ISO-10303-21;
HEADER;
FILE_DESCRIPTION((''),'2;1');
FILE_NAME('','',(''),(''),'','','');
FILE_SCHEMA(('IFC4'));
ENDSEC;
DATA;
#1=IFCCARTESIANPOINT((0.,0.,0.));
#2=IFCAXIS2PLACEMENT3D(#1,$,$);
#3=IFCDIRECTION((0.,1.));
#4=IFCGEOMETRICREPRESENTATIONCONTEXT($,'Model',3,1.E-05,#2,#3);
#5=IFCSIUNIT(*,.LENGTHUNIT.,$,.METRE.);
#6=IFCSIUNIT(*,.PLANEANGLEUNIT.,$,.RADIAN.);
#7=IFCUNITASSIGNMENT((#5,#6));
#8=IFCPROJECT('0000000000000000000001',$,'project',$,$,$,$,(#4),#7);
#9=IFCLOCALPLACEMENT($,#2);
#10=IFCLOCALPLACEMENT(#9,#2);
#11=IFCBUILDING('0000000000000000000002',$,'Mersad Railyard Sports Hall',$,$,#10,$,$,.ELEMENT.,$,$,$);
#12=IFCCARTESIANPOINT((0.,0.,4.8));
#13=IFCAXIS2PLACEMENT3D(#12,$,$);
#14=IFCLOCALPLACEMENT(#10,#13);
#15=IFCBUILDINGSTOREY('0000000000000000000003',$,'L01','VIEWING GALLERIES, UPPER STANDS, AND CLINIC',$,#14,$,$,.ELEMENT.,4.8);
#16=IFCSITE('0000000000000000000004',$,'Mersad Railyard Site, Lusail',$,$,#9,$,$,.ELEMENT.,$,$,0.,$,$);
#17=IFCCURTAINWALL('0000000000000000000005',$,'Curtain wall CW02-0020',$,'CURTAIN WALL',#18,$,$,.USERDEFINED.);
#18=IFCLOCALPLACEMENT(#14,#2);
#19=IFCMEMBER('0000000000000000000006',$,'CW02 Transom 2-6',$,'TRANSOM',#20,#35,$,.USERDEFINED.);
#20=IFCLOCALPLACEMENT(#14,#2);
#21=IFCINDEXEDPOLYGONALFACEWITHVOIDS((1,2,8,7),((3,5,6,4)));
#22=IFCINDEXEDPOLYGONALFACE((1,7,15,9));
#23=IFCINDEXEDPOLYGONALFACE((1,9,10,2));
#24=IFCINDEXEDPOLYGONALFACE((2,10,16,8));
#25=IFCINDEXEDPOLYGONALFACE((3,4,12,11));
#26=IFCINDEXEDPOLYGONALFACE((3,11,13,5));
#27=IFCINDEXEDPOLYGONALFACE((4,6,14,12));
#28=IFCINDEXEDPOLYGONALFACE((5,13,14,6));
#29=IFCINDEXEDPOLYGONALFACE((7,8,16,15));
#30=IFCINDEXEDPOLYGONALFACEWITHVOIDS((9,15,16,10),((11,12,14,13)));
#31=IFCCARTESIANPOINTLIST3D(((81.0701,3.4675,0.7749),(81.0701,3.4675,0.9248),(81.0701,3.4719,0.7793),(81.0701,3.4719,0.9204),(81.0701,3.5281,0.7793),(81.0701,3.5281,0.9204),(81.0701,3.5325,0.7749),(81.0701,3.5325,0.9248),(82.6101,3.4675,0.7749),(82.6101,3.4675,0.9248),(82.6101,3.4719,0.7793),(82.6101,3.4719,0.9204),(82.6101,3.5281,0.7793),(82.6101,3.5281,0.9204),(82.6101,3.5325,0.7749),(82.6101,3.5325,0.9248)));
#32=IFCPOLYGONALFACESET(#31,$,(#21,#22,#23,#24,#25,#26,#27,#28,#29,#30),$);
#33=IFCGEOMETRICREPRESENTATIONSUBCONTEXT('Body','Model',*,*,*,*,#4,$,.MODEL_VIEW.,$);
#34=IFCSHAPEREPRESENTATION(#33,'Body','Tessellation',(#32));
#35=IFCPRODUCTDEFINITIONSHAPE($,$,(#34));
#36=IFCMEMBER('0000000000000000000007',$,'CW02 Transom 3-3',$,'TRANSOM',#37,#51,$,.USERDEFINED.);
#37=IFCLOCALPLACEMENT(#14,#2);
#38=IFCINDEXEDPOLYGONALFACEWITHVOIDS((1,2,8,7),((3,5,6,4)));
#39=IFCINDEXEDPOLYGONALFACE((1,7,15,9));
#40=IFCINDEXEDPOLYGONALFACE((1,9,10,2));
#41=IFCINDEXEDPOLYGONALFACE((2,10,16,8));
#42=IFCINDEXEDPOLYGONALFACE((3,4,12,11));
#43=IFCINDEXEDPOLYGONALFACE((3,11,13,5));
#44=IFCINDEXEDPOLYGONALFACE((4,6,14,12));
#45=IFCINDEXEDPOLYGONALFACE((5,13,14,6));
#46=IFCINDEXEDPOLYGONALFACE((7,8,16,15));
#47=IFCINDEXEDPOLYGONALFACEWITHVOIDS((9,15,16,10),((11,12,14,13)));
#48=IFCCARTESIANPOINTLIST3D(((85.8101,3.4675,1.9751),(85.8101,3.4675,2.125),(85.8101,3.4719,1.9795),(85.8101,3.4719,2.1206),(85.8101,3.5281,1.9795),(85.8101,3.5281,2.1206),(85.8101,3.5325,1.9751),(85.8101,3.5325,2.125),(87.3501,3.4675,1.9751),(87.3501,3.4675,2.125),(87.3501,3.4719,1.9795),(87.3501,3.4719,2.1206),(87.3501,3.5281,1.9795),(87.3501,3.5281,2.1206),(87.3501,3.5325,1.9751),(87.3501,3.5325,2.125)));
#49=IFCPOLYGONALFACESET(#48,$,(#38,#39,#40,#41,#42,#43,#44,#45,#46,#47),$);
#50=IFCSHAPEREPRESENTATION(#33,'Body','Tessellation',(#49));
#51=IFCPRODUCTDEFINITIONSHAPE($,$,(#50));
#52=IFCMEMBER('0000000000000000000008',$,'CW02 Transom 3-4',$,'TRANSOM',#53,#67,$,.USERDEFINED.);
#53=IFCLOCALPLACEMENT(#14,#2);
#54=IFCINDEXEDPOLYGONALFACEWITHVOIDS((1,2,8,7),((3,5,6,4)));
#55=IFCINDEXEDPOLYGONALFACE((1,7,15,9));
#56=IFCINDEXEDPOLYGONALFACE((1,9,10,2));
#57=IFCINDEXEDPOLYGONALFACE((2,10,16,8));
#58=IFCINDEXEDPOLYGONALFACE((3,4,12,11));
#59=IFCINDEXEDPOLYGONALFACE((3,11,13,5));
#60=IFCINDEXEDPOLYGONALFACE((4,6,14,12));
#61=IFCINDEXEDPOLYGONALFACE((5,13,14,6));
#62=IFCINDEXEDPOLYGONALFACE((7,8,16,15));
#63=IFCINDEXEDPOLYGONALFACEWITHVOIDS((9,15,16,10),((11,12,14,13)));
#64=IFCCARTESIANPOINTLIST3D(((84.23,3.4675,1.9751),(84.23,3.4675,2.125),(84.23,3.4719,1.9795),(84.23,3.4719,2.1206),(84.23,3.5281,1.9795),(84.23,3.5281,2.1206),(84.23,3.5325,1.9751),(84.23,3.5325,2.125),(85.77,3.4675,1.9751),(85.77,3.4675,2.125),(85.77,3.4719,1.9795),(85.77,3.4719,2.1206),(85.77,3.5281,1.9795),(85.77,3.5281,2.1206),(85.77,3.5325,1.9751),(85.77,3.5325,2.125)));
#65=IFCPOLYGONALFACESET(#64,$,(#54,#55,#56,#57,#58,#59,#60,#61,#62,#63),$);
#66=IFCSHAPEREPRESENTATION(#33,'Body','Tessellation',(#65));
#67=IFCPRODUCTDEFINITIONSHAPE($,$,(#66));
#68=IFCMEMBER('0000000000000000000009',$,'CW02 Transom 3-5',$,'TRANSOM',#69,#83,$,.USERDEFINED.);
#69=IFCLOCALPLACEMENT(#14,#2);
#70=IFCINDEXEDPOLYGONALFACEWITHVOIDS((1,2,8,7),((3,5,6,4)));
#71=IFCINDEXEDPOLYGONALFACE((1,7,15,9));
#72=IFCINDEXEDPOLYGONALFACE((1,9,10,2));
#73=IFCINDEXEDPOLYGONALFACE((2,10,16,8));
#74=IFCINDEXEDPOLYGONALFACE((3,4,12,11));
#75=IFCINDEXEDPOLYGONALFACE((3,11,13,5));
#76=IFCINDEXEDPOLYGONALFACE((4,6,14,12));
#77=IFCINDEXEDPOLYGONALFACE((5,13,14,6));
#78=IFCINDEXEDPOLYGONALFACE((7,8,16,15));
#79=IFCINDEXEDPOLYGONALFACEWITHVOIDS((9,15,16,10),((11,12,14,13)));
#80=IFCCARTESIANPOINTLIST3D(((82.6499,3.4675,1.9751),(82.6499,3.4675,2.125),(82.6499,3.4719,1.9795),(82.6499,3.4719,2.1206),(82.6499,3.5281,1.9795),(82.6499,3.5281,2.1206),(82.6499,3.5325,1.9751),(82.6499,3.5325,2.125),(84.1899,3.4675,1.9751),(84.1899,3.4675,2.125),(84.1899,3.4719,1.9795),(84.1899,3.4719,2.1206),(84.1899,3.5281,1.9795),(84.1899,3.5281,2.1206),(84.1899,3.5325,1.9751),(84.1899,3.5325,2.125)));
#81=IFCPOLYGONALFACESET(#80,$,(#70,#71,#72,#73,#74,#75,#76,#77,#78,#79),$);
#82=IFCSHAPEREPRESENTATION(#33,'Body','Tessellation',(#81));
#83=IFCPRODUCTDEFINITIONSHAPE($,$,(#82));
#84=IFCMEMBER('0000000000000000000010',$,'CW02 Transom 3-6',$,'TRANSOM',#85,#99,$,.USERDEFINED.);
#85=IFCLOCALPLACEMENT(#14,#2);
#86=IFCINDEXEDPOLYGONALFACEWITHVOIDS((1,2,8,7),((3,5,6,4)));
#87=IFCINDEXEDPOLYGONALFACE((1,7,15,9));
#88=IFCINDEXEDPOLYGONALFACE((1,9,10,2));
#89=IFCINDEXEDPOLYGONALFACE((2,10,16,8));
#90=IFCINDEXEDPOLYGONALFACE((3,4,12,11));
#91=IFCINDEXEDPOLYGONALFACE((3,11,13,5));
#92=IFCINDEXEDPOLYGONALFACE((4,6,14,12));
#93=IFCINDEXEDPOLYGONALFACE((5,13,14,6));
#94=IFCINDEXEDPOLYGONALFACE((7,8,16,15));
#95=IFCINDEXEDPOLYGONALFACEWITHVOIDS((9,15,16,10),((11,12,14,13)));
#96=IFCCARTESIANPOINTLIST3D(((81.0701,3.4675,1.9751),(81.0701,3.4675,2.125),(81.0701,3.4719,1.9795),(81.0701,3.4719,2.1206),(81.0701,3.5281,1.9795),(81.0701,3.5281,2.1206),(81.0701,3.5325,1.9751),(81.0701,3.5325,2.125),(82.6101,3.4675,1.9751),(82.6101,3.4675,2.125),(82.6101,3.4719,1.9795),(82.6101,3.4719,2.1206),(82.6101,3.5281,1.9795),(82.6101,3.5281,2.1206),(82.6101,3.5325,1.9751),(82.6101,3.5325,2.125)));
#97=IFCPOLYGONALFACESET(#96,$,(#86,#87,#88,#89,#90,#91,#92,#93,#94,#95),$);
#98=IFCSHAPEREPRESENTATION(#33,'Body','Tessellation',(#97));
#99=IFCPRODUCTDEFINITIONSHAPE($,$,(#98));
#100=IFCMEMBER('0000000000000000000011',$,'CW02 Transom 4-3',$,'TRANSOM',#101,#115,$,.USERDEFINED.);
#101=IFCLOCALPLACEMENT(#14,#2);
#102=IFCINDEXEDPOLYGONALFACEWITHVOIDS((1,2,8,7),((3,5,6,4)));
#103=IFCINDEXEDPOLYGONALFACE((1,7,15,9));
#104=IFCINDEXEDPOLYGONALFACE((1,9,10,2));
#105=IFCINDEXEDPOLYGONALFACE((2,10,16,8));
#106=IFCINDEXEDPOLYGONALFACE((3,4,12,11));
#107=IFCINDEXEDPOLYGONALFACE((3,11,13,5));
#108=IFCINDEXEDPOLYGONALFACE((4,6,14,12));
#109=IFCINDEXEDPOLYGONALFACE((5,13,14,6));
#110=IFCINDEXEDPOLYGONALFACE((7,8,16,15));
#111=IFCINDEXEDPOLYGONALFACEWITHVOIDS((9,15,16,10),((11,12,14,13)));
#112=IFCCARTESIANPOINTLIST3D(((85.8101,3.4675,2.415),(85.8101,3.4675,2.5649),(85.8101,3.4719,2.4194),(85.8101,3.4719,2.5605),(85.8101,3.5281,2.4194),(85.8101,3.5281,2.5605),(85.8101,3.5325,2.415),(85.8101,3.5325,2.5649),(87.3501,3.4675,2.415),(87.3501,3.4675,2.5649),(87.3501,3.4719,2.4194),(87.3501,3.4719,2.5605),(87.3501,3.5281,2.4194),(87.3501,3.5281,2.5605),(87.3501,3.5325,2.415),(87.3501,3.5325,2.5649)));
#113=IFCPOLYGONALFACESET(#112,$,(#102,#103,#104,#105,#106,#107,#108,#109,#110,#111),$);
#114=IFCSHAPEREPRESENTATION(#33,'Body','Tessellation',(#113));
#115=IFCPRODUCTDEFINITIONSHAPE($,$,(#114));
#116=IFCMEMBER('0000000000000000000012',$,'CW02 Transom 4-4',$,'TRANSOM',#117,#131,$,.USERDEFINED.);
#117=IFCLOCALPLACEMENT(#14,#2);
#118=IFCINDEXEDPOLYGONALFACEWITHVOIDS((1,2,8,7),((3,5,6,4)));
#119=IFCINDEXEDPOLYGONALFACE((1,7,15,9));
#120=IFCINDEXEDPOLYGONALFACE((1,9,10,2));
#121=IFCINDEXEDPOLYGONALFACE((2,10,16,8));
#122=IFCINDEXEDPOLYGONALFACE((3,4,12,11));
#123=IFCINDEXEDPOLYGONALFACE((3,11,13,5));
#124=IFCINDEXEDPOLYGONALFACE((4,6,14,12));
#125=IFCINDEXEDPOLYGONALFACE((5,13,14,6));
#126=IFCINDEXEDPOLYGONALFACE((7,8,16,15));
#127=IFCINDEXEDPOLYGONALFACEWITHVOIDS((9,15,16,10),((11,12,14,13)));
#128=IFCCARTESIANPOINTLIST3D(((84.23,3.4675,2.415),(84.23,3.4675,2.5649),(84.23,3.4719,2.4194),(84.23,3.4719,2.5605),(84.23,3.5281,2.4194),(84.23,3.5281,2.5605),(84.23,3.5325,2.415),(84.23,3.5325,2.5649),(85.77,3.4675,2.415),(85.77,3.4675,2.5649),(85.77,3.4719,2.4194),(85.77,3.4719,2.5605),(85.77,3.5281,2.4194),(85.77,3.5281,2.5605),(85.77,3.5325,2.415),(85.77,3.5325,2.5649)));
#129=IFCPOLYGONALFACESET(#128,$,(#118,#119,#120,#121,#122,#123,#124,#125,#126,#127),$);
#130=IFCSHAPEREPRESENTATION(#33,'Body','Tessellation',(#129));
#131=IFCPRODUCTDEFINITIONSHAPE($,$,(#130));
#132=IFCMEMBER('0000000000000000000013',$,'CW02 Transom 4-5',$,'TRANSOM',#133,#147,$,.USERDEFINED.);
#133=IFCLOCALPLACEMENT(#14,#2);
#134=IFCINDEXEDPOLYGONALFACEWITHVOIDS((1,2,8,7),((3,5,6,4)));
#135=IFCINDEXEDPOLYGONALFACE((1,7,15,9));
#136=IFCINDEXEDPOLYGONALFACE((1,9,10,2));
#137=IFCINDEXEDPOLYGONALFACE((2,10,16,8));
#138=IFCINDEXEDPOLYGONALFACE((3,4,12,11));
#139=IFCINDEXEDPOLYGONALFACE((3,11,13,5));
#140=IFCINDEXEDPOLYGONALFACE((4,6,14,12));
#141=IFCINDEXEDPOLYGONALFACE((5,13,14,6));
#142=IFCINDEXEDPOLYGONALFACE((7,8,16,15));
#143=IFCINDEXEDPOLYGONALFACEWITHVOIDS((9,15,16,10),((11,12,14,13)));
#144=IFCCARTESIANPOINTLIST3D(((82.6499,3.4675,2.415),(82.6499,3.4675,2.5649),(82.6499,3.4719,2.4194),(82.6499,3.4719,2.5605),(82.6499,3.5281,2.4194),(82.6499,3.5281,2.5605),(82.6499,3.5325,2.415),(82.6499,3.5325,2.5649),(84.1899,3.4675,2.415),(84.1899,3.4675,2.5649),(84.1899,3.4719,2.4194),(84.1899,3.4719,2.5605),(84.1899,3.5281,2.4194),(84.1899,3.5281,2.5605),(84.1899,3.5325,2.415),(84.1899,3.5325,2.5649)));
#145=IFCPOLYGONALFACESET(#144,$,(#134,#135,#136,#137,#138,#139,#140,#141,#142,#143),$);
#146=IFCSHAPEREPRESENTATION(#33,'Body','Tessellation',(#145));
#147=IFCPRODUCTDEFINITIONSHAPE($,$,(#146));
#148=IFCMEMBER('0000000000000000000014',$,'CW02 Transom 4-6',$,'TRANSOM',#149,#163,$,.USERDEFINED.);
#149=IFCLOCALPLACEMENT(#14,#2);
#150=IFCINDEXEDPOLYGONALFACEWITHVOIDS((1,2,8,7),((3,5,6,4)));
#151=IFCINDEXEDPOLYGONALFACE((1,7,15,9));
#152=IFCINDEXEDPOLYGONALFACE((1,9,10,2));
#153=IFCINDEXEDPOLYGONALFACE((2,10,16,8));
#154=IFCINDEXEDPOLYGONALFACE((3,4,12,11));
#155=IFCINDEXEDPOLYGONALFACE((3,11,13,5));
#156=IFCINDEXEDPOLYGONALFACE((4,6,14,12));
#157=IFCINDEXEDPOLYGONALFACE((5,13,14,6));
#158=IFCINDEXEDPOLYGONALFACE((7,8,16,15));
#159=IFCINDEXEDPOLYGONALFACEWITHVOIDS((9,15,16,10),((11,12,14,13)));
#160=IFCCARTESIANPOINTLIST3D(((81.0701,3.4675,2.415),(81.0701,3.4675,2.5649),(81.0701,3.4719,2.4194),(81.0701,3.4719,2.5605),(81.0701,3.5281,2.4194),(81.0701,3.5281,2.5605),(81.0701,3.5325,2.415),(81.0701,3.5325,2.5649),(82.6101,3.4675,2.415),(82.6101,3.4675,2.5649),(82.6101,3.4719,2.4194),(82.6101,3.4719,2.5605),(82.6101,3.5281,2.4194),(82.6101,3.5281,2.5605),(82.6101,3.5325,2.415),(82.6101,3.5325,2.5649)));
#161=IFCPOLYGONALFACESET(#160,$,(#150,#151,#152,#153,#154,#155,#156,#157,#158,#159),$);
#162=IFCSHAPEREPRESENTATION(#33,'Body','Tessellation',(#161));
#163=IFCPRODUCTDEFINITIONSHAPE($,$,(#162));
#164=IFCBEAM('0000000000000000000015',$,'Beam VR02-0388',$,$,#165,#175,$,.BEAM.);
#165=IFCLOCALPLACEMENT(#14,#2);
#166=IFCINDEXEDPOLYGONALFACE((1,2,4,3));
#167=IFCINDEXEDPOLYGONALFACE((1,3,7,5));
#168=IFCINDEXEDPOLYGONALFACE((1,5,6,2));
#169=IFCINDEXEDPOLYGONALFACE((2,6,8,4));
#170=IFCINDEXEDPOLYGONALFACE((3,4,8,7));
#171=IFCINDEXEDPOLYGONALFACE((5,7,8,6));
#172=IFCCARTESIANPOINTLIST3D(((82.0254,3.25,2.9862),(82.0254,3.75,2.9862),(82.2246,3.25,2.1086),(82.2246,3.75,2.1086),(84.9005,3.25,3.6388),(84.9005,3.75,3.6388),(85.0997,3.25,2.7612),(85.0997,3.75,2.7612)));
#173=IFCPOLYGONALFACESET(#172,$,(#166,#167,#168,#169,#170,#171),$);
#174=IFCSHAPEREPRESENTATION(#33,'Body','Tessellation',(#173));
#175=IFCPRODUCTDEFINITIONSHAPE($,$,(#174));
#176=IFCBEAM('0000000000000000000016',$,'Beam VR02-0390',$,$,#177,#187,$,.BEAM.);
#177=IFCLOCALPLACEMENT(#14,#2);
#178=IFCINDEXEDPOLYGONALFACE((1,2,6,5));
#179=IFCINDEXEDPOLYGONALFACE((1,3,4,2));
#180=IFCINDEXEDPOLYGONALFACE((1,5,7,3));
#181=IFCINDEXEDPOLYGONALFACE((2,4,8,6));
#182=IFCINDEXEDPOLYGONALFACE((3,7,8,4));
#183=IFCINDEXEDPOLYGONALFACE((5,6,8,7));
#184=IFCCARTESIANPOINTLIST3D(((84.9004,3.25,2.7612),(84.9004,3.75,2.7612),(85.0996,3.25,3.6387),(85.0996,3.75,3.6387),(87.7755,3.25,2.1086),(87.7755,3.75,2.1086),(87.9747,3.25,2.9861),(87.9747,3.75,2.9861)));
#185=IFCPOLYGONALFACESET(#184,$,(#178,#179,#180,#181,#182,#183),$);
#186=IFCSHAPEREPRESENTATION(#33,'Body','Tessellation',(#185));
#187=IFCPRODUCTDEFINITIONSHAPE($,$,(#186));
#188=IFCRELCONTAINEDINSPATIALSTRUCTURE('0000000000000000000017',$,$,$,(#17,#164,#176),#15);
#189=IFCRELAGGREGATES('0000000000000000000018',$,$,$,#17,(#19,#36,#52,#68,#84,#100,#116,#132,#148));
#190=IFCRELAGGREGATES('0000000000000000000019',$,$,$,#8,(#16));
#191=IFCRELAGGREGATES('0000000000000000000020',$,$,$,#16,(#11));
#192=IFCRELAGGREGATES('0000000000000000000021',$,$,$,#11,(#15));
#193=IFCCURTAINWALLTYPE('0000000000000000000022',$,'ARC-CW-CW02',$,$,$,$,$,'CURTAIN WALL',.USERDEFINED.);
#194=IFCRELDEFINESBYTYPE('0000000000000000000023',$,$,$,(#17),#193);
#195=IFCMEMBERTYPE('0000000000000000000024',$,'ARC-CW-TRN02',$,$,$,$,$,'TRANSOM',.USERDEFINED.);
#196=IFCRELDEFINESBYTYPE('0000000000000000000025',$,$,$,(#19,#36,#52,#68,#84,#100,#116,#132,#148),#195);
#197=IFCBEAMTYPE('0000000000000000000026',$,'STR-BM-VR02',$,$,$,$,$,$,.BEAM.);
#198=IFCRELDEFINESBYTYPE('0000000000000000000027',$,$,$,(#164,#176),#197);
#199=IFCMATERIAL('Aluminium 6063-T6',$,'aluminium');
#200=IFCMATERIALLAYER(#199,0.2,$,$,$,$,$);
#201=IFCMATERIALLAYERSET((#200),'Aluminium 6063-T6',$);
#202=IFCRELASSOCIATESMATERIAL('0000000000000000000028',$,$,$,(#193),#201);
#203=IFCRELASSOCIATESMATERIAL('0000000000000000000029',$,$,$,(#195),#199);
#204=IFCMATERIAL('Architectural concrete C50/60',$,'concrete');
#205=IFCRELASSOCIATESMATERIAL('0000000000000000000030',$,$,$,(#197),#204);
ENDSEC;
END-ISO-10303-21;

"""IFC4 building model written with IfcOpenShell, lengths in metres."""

from ifc_helpers import new_model, si_unit, direction, frame, origin, origin_2d, place, context, subcontext, project, spatial, rectangle, hollow_rectangle, extrude, material, layer, layer_set, material_profile, profile_set, type_object, element, aggregate, save


model = new_model("IFC4")

# Units and contexts
model_context = context("Model", 3, precision=1e-05, world=origin(), true_north=direction((0.0, 1.0)))
body_context = subcontext(model_context, "Body", "Model", "MODEL_VIEW")
ifc_project = project(units=[si_unit("LENGTHUNIT", "METRE"), si_unit("PLANEANGLEUNIT", "RADIAN")], contexts=[model_context])

# Site, building, storey
site_placement = place(None, origin())
site = spatial("IfcSite", under=ifc_project, at=site_placement, Name="Mersad Railyard Site, Lusail", CompositionType="ELEMENT", RefElevation=0.0)
building_placement = place(site_placement, origin())
building = spatial("IfcBuilding", under=site, at=building_placement, Name="Mersad Railyard Sports Hall", CompositionType="ELEMENT")
storey_placement = place(building_placement, frame((0.0, 0.0, 4.8)))
storey = spatial("IfcBuildingStorey", under=building, at=storey_placement, Name="L01", Description="VIEWING GALLERIES, UPPER STANDS, AND CLINIC", CompositionType="ELEMENT", Elevation=4.8)

# Curtain wall, members
ifc_material_1 = material(Name="Aluminium 6063-T6", Category="aluminium")
ifc_layer_1 = layer(ifc_material_1, 0.2)
ifc_layer_set_1 = layer_set([ifc_layer_1], Name="Aluminium 6063-T6")
curtain_wall_type = type_object("IfcCurtainWallType", Name="ARC-CW-CW02", ElementType="CURTAIN WALL", PredefinedType="USERDEFINED", material=ifc_layer_set_1)
curtain_wall_placement = place(storey_placement, origin())
curtain_wall = element("IfcCurtainWall", 1, at=curtain_wall_placement, inside=storey, type_object=curtain_wall_type, Name="Curtain wall CW02-0020", ObjectType="CURTAIN WALL", PredefinedType="USERDEFINED")
ifc_material_profile_1 = material_profile(ifc_material_1, hollow_rectangle(XDim=0.0649, YDim=0.1499, WallThickness=0.0044, at=origin_2d()), Name="AL TRANSOM 65x150x4.5")
ifc_profile_set_1 = profile_set([ifc_material_profile_1], Name="Aluminium 6063-T6")
member_type_1 = type_object("IfcMemberType", Name="ARC-CW-TRN02", ElementType="TRANSOM", PredefinedType="USERDEFINED", material=ifc_profile_set_1)
member_1_placement = place(storey_placement, frame((82.6101, 3.5, 0.8499), z_axis=(-1.0, 0.0, 0.0), x_axis=(0.0, -1.0, 0.0)))
member_1 = element("IfcMember", 2, at=member_1_placement, type_object=member_type_1, Name="CW02 Transom 2-6", ObjectType="TRANSOM", PredefinedType="USERDEFINED", context=body_context, shape_type="SweptSolid", body=[
    extrude(hollow_rectangle(XDim=0.0649, YDim=0.1499, WallThickness=0.0044, at=origin_2d()), origin(), (0.0, 0.0, 1.0), 1.54),
])
member_2_placement = place(storey_placement, frame((87.3501, 3.5, 2.05), z_axis=(-1.0, 0.0, 0.0), x_axis=(0.0, -1.0, 0.0)))
member_2 = element("IfcMember", 3, at=member_2_placement, type_object=member_type_1, Name="CW02 Transom 3-3", ObjectType="TRANSOM", PredefinedType="USERDEFINED", context=body_context, shape_type="SweptSolid", body=[
    extrude(hollow_rectangle(XDim=0.0649, YDim=0.1499, WallThickness=0.0044, at=origin_2d()), origin(), (0.0, 0.0, 1.0), 1.54),
])
member_3_placement = place(storey_placement, frame((85.77, 3.5, 2.05), z_axis=(-1.0, 0.0, 0.0), x_axis=(0.0, -1.0, 0.0)))
member_3 = element("IfcMember", 4, at=member_3_placement, type_object=member_type_1, Name="CW02 Transom 3-4", ObjectType="TRANSOM", PredefinedType="USERDEFINED", context=body_context, shape_type="SweptSolid", body=[
    extrude(hollow_rectangle(XDim=0.0649, YDim=0.1499, WallThickness=0.0044, at=origin_2d()), origin(), (0.0, 0.0, 1.0), 1.54),
])
member_4_placement = place(storey_placement, frame((84.1899, 3.5, 2.05), z_axis=(-1.0, 0.0, 0.0), x_axis=(0.0, -1.0, 0.0)))
member_4 = element("IfcMember", 5, at=member_4_placement, type_object=member_type_1, Name="CW02 Transom 3-5", ObjectType="TRANSOM", PredefinedType="USERDEFINED", context=body_context, shape_type="SweptSolid", body=[
    extrude(hollow_rectangle(XDim=0.0649, YDim=0.1499, WallThickness=0.0044, at=origin_2d()), origin(), (0.0, 0.0, 1.0), 1.54),
])
member_5_placement = place(storey_placement, frame((82.6101, 3.5, 2.05), z_axis=(-1.0, 0.0, 0.0), x_axis=(0.0, -1.0, 0.0)))
member_5 = element("IfcMember", 6, at=member_5_placement, type_object=member_type_1, Name="CW02 Transom 3-6", ObjectType="TRANSOM", PredefinedType="USERDEFINED", context=body_context, shape_type="SweptSolid", body=[
    extrude(hollow_rectangle(XDim=0.0649, YDim=0.1499, WallThickness=0.0044, at=origin_2d()), origin(), (0.0, 0.0, 1.0), 1.54),
])
member_6_placement = place(storey_placement, frame((87.3501, 3.5, 2.49), z_axis=(-1.0, 0.0, 0.0), x_axis=(0.0, -1.0, 0.0)))
member_6 = element("IfcMember", 7, at=member_6_placement, type_object=member_type_1, Name="CW02 Transom 4-3", ObjectType="TRANSOM", PredefinedType="USERDEFINED", context=body_context, shape_type="SweptSolid", body=[
    extrude(hollow_rectangle(XDim=0.0649, YDim=0.1499, WallThickness=0.0044, at=origin_2d()), origin(), (0.0, 0.0, 1.0), 1.54),
])
member_7_placement = place(storey_placement, frame((85.77, 3.5, 2.49), z_axis=(-1.0, 0.0, 0.0), x_axis=(0.0, -1.0, 0.0)))
member_7 = element("IfcMember", 8, at=member_7_placement, type_object=member_type_1, Name="CW02 Transom 4-4", ObjectType="TRANSOM", PredefinedType="USERDEFINED", context=body_context, shape_type="SweptSolid", body=[
    extrude(hollow_rectangle(XDim=0.0649, YDim=0.1499, WallThickness=0.0044, at=origin_2d()), origin(), (0.0, 0.0, 1.0), 1.54),
])
member_8_placement = place(storey_placement, frame((84.1899, 3.5, 2.49), z_axis=(-1.0, 0.0, 0.0), x_axis=(0.0, -1.0, 0.0)))
member_8 = element("IfcMember", 9, at=member_8_placement, type_object=member_type_1, Name="CW02 Transom 4-5", ObjectType="TRANSOM", PredefinedType="USERDEFINED", context=body_context, shape_type="SweptSolid", body=[
    extrude(hollow_rectangle(XDim=0.0649, YDim=0.1499, WallThickness=0.0044, at=origin_2d()), origin(), (0.0, 0.0, 1.0), 1.54),
])
member_9_placement = place(storey_placement, frame((82.6101, 3.5, 2.49), z_axis=(-1.0, 0.0, 0.0), x_axis=(0.0, -1.0, 0.0)))
member_9 = element("IfcMember", 10, at=member_9_placement, type_object=member_type_1, Name="CW02 Transom 4-6", ObjectType="TRANSOM", PredefinedType="USERDEFINED", context=body_context, shape_type="SweptSolid", body=[
    extrude(hollow_rectangle(XDim=0.0649, YDim=0.1499, WallThickness=0.0044, at=origin_2d()), origin(), (0.0, 0.0, 1.0), 1.54),
])

# Beams
ifc_material_2 = material(Name="Architectural concrete C50/60", Category="concrete")
ifc_material_profile_2 = material_profile(ifc_material_2, rectangle(XDim=0.5, YDim=0.8999, at=origin_2d()), Name="VR 500x900")
ifc_profile_set_2 = profile_set([ifc_material_profile_2], Name="Architectural concrete C50/60")
beam_type = type_object("IfcBeamType", Name="STR-BM-VR02", PredefinedType="BEAM", material=ifc_profile_set_2)
for number, where, z_axis, x_axis, name in (
    (11, (82.125, 3.5, 2.5474), (0.975193, 0.0, 0.221356), (0.0, 1.0, 0.0), "Beam VR02-0388"),
    (12, (85.0, 3.5, 3.2), (0.975193, 0.0, -0.221356), (0.0, 1.0, 0.0), "Beam VR02-0390"),
):
    element("IfcBeam", number, at=place(storey_placement, frame(where, z_axis=z_axis, x_axis=x_axis)), inside=storey, type_object=beam_type, Name=name, PredefinedType="BEAM", context=body_context, shape_type="SweptSolid", body=[
        extrude(rectangle(XDim=0.5, YDim=0.8999, at=origin_2d()), origin(), (0.0, 0.0, 1.0), 2.9482),
    ])

aggregate(curtain_wall, [member_1, member_2, member_3, member_4, member_5, member_6, member_7, member_8, member_9])

save(model, "model.ifc")
